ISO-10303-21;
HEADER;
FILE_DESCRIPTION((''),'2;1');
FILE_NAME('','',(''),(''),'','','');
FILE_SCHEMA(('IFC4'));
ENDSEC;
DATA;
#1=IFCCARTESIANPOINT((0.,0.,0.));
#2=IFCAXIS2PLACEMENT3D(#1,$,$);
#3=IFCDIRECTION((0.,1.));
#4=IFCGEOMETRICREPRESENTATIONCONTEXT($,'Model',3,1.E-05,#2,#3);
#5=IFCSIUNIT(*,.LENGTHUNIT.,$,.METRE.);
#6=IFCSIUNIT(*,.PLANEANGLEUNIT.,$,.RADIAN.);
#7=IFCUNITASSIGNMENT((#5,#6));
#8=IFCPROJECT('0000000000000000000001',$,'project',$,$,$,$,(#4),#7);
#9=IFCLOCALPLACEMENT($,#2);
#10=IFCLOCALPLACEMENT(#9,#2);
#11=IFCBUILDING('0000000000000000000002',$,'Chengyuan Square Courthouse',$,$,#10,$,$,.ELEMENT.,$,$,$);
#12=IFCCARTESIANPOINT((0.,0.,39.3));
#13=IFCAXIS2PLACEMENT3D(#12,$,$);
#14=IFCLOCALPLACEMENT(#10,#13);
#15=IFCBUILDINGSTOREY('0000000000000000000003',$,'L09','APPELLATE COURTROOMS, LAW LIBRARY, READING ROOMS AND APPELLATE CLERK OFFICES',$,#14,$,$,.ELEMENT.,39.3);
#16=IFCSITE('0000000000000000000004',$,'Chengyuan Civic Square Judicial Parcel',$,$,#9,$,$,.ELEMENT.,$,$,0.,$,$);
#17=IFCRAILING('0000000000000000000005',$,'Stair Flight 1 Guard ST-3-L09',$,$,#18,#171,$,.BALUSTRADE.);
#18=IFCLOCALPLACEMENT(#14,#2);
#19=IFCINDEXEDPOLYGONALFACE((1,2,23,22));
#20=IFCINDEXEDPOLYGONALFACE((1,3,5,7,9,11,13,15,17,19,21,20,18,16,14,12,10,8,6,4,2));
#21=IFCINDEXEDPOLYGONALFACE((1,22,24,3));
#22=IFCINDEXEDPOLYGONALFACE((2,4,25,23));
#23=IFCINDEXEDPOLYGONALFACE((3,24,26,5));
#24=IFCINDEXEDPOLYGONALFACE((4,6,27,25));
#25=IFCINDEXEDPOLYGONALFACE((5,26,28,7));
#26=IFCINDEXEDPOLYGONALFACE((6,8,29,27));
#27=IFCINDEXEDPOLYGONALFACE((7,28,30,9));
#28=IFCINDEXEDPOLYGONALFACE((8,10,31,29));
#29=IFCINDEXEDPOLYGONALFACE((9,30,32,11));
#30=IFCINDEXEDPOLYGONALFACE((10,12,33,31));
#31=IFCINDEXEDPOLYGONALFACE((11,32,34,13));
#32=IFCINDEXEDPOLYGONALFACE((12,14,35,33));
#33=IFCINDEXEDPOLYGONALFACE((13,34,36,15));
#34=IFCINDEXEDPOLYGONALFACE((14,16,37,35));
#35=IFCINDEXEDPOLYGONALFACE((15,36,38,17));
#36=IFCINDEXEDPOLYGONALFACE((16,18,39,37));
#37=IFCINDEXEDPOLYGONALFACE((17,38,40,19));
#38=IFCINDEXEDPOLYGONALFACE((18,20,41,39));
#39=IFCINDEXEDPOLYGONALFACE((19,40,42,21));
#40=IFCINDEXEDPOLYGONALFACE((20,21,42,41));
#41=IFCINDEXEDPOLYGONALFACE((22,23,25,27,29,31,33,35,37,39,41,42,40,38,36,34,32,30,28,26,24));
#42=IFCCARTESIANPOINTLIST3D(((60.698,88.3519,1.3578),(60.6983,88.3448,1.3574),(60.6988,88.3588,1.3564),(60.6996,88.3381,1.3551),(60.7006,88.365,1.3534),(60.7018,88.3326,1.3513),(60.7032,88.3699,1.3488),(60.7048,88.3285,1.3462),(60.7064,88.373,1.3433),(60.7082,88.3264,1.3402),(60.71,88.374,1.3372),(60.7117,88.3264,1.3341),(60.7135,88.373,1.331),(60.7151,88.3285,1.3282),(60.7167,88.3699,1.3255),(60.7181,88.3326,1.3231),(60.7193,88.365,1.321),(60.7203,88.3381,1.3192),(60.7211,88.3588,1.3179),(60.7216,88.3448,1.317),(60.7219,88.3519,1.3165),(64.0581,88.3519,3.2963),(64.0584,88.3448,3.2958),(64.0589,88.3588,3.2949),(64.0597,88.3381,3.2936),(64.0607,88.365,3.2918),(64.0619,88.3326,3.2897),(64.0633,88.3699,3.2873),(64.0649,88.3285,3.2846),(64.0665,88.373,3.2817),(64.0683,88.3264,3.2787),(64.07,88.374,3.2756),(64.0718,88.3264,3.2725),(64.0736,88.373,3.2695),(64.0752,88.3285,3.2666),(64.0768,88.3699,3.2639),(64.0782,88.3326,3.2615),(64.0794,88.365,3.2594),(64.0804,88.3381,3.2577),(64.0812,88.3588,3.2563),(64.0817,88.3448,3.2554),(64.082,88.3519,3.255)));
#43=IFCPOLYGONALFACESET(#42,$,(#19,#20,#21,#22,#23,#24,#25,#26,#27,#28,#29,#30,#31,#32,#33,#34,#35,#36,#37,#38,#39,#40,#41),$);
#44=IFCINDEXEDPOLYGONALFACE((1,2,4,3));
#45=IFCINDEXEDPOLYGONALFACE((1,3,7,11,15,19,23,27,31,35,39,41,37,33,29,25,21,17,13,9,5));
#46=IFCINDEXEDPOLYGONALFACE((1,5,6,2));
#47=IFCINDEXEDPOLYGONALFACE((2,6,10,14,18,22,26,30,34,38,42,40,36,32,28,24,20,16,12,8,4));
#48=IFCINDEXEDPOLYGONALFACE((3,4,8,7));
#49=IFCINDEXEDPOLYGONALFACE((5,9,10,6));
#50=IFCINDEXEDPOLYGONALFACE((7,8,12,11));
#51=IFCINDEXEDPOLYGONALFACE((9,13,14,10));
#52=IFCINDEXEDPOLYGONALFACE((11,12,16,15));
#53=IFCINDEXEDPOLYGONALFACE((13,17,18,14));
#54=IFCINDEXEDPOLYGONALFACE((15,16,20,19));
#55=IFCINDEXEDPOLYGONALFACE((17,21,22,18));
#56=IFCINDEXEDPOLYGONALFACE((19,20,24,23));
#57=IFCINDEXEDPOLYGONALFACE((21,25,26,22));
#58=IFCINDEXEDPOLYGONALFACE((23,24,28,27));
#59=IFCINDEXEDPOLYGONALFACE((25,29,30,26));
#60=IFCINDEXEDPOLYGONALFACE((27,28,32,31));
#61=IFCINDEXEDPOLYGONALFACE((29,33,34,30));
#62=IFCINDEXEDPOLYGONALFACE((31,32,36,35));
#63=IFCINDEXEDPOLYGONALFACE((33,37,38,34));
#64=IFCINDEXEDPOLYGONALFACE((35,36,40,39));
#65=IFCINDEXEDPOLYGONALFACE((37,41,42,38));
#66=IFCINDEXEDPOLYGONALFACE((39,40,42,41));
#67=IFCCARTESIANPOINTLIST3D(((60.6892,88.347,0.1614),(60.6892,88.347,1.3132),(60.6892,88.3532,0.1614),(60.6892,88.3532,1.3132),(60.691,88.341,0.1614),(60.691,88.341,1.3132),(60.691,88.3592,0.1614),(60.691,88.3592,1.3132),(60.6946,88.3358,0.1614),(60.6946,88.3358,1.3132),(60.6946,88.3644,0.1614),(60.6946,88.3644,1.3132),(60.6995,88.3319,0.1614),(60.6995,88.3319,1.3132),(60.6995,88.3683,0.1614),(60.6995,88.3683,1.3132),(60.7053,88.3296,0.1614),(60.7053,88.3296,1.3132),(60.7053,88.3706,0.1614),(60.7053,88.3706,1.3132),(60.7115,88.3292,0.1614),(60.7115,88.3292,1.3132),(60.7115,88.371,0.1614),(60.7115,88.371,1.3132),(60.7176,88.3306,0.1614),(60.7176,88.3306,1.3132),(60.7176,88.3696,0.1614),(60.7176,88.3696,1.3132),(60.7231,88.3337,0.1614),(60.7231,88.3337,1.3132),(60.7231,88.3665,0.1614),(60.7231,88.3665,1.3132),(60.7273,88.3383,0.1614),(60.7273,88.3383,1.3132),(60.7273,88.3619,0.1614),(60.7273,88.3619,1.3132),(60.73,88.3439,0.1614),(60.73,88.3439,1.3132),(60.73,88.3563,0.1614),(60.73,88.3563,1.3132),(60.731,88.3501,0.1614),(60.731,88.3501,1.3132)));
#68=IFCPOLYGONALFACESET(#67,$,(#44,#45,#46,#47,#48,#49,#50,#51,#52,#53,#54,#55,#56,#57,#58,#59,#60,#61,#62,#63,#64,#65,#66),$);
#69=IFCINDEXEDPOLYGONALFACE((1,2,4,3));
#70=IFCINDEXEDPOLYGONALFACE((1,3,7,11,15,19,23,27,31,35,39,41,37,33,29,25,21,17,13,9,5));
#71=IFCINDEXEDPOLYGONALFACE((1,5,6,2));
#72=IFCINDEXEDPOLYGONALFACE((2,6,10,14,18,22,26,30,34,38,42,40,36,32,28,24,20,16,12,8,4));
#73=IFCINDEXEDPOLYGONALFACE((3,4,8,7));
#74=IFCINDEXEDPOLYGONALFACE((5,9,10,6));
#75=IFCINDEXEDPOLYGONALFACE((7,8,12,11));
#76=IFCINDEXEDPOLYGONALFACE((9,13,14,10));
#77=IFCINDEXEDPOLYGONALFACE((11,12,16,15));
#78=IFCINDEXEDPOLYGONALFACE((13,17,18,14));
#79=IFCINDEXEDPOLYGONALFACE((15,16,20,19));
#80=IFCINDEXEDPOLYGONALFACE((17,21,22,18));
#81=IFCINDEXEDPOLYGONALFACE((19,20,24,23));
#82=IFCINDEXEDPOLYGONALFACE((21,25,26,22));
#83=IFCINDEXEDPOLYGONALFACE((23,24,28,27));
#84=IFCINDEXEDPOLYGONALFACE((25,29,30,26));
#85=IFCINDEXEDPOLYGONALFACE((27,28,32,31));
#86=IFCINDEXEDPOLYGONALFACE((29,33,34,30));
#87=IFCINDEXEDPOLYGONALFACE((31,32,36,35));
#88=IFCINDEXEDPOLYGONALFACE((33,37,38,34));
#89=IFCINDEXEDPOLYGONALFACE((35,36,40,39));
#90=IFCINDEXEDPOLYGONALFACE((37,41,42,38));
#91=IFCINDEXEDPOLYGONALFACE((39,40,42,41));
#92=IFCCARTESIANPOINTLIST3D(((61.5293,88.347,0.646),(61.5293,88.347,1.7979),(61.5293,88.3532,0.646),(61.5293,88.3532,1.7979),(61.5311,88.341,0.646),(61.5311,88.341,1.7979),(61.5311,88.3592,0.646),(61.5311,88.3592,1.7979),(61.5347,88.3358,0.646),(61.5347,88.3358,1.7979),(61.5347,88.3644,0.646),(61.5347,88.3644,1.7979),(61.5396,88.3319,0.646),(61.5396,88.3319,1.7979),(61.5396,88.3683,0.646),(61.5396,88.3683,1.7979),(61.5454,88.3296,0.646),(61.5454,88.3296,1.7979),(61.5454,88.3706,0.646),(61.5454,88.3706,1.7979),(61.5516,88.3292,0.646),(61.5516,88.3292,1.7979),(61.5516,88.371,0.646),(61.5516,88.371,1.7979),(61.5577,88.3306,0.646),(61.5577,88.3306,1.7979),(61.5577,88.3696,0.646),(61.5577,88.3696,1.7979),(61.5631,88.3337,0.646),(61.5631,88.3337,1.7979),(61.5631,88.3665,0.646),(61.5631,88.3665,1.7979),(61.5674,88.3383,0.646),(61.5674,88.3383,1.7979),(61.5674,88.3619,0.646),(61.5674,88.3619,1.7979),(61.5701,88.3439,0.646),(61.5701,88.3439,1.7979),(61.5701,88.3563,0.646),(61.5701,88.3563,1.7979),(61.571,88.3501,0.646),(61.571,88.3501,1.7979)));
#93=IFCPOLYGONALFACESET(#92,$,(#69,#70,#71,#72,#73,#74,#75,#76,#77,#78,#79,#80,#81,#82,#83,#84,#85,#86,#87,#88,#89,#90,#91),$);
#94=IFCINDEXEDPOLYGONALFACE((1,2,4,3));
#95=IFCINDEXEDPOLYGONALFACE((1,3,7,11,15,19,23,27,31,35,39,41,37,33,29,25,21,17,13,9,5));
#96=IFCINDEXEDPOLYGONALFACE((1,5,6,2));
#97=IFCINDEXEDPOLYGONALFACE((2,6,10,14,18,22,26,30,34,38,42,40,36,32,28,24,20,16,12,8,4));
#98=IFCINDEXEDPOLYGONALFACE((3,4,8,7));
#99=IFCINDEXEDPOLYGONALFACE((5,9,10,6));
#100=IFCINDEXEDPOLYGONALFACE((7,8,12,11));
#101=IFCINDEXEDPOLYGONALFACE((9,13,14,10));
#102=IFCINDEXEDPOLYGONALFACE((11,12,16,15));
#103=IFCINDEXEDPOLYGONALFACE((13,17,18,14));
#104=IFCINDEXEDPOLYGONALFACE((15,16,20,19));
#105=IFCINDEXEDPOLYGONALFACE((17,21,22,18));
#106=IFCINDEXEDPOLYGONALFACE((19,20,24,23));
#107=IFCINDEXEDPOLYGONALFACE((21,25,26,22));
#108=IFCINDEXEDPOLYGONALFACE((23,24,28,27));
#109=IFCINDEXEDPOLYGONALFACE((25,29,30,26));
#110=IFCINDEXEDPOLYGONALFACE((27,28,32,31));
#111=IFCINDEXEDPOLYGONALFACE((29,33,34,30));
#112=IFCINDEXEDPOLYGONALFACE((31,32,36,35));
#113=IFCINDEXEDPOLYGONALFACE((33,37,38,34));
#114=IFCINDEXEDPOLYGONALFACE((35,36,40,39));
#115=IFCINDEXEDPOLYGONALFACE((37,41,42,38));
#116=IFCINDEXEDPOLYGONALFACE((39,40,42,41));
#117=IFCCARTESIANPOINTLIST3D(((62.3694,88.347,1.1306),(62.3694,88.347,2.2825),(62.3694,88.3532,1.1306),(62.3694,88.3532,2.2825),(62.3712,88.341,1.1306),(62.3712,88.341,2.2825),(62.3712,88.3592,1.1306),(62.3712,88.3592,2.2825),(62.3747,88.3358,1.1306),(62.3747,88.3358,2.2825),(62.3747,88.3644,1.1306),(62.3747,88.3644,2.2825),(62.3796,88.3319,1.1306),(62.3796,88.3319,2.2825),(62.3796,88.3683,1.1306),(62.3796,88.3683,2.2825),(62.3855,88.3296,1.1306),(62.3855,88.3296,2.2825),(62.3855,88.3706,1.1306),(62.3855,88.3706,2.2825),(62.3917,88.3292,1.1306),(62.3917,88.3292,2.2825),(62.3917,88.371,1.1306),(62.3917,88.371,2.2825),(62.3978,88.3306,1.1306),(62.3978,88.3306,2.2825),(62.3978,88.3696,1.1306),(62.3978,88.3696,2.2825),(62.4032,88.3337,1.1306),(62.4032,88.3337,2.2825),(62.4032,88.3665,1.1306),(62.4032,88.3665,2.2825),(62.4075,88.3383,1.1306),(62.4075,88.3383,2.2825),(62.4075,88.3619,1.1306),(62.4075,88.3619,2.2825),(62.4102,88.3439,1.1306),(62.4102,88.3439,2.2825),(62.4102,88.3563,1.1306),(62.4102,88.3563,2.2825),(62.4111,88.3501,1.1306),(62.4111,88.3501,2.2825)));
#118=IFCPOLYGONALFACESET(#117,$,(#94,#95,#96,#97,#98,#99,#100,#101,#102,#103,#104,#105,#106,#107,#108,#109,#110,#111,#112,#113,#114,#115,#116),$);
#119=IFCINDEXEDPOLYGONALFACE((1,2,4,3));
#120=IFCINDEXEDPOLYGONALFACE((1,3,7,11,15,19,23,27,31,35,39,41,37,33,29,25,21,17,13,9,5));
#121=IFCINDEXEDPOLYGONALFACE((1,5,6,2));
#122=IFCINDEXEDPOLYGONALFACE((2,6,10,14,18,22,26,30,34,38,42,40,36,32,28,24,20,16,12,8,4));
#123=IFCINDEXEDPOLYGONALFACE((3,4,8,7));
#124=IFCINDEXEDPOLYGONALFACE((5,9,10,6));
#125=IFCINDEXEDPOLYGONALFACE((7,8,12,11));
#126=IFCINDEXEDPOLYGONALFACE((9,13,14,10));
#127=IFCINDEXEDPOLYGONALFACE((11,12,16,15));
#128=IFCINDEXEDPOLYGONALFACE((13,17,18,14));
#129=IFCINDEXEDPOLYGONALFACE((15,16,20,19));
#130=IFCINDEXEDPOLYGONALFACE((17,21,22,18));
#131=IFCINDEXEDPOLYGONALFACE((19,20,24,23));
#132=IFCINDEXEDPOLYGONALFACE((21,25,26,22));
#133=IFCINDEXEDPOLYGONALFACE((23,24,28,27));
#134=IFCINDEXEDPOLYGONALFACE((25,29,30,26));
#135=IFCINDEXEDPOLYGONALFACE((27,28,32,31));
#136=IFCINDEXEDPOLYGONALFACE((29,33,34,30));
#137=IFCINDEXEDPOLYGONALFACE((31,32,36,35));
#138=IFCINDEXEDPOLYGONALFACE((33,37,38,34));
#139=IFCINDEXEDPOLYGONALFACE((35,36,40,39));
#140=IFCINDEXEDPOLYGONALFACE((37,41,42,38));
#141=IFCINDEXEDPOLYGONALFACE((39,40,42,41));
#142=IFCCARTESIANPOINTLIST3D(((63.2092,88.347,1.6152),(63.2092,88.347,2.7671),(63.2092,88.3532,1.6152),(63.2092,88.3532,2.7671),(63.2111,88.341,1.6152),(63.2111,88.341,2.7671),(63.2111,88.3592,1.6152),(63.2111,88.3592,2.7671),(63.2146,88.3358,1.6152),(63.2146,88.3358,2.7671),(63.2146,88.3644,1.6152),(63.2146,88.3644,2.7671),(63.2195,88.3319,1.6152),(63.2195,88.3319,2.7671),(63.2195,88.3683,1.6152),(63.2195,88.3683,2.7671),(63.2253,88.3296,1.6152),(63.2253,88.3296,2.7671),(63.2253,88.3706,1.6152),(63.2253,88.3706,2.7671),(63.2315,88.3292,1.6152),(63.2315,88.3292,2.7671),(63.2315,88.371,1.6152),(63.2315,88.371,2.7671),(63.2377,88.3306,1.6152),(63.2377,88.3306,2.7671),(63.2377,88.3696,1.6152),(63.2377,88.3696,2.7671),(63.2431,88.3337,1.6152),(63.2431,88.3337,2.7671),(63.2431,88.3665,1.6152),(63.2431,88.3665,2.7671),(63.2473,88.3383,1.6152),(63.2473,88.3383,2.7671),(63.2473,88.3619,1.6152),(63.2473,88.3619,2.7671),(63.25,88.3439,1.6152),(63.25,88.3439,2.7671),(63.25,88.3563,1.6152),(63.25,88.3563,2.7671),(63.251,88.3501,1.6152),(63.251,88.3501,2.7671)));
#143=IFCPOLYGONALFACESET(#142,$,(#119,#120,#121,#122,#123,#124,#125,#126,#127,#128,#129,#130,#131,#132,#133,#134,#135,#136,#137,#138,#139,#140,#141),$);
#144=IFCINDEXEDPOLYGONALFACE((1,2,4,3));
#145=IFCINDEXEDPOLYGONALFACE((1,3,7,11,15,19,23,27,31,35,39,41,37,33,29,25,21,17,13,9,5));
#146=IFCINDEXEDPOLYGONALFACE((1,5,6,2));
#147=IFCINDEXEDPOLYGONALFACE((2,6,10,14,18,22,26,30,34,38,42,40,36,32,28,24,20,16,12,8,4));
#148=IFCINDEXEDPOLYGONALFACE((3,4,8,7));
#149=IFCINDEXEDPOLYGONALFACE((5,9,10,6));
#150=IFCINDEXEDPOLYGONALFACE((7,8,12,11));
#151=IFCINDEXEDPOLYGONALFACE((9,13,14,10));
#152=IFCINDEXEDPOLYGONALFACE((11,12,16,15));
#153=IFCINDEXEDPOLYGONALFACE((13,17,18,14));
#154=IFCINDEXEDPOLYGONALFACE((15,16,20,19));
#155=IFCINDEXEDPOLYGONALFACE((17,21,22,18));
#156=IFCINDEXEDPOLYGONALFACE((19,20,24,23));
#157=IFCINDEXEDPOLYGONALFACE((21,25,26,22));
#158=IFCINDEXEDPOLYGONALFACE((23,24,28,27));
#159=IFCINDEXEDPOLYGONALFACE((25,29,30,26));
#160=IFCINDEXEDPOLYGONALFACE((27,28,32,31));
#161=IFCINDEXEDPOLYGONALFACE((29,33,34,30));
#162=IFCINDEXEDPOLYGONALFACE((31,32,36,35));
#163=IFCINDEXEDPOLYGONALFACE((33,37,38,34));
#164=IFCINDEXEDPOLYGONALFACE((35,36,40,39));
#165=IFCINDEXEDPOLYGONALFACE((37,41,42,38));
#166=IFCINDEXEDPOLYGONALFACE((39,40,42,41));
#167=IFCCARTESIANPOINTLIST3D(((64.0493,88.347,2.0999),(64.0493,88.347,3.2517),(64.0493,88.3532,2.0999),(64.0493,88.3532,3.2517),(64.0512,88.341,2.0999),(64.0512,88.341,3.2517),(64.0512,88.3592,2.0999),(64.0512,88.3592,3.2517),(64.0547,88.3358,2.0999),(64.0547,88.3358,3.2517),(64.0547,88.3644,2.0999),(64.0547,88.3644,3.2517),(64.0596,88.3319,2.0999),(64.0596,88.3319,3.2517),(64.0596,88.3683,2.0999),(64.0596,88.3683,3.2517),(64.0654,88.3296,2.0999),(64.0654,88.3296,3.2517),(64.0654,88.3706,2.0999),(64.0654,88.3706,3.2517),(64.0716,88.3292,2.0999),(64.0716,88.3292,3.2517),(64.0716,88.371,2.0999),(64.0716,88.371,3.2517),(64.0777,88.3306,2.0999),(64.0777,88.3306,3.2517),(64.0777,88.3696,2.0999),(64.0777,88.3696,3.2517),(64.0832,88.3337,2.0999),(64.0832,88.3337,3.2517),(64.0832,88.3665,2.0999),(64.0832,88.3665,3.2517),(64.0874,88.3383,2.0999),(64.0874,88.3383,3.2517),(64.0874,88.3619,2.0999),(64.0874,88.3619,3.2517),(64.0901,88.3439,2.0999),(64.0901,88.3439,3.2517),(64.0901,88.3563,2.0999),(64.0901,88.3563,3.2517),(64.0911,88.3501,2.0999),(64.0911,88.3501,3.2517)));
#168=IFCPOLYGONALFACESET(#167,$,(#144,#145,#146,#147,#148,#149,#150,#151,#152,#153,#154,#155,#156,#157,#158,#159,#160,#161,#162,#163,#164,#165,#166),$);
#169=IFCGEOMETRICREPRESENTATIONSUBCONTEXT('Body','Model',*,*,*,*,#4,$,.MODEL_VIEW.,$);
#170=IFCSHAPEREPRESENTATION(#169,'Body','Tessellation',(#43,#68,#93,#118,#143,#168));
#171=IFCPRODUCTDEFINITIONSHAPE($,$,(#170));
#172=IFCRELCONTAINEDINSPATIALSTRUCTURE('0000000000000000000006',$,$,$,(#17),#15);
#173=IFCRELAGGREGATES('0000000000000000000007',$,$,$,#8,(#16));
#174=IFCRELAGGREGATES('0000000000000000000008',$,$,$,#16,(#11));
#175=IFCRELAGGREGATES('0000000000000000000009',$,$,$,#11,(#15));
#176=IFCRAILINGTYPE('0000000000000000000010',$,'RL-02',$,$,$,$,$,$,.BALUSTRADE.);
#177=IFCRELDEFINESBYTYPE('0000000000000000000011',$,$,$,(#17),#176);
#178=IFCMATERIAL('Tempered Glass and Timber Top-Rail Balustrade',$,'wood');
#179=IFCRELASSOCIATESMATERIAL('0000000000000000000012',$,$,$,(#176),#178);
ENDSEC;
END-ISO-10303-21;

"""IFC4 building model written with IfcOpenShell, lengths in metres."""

from ifc_helpers import new_model, si_unit, direction, frame, origin, origin_2d, place, context, subcontext, project, spatial, circle, extrude, material, type_object, element, save


model = new_model("IFC4")

# Units and contexts
model_context = context("Model", 3, precision=1e-05, world=origin(), true_north=direction((0.0, 1.0)))
body_context = subcontext(model_context, "Body", "Model", "MODEL_VIEW")
ifc_project = project(units=[si_unit("LENGTHUNIT", "METRE"), si_unit("PLANEANGLEUNIT", "RADIAN")], contexts=[model_context])

# Site, building, storey
site_placement = place(None, origin())
site = spatial("IfcSite", under=ifc_project, at=site_placement, Name="Chengyuan Civic Square Judicial Parcel", CompositionType="ELEMENT", RefElevation=0.0)
building_placement = place(site_placement, origin())
building = spatial("IfcBuilding", under=site, at=building_placement, Name="Chengyuan Square Courthouse", CompositionType="ELEMENT")
storey_placement = place(building_placement, frame((0.0, 0.0, 39.3)))
storey = spatial("IfcBuildingStorey", under=building, at=storey_placement, Name="L09", Description="APPELLATE COURTROOMS, LAW LIBRARY, READING ROOMS AND APPELLATE CLERK OFFICES", CompositionType="ELEMENT", Elevation=39.3)

# Railing
ifc_material_1 = material(Name="Tempered Glass and Timber Top-Rail Balustrade", Category="wood")
railing_type_1 = type_object("IfcRailingType", Name="RL-02", PredefinedType="BALUSTRADE", material=ifc_material_1)
railing_1_placement = place(storey_placement, frame((60.71, 88.3501, 0.1614)))
element("IfcRailing", 1, at=railing_1_placement, inside=storey, type_object=railing_type_1, Name="Stair Flight 1 Guard ST-3-L09", PredefinedType="BALUSTRADE", context=body_context, shape_type="SweptSolid", body=[
    extrude(circle(Radius=0.0239, at=origin_2d()), frame((0.0, 0.0, 1.1758), z_axis=(0.866191, 0.0, 0.499713), x_axis=(0.0, 1.0, 0.0)), (0.0, 0.0, 1.0), 3.8792),
    extrude(circle(Radius=0.021, at=origin_2d()), origin(), (0.0, 0.0, 1.0), 1.1519),
    extrude(circle(Radius=0.021, at=origin_2d()), frame((0.8401, 0.0, 0.4846)), (0.0, 0.0, 1.0), 1.1519),
    extrude(circle(Radius=0.021, at=origin_2d()), frame((1.6802, 0.0, 0.9692)), (0.0, 0.0, 1.0), 1.1519),
    extrude(circle(Radius=0.021, at=origin_2d()), frame((2.52, 0.0, 1.4539)), (0.0, 0.0, 1.0), 1.1519),
    extrude(circle(Radius=0.021, at=origin_2d()), frame((3.3601, 0.0, 1.9385)), (0.0, 0.0, 1.0), 1.1519),
])

save(model, "model.ifc")
